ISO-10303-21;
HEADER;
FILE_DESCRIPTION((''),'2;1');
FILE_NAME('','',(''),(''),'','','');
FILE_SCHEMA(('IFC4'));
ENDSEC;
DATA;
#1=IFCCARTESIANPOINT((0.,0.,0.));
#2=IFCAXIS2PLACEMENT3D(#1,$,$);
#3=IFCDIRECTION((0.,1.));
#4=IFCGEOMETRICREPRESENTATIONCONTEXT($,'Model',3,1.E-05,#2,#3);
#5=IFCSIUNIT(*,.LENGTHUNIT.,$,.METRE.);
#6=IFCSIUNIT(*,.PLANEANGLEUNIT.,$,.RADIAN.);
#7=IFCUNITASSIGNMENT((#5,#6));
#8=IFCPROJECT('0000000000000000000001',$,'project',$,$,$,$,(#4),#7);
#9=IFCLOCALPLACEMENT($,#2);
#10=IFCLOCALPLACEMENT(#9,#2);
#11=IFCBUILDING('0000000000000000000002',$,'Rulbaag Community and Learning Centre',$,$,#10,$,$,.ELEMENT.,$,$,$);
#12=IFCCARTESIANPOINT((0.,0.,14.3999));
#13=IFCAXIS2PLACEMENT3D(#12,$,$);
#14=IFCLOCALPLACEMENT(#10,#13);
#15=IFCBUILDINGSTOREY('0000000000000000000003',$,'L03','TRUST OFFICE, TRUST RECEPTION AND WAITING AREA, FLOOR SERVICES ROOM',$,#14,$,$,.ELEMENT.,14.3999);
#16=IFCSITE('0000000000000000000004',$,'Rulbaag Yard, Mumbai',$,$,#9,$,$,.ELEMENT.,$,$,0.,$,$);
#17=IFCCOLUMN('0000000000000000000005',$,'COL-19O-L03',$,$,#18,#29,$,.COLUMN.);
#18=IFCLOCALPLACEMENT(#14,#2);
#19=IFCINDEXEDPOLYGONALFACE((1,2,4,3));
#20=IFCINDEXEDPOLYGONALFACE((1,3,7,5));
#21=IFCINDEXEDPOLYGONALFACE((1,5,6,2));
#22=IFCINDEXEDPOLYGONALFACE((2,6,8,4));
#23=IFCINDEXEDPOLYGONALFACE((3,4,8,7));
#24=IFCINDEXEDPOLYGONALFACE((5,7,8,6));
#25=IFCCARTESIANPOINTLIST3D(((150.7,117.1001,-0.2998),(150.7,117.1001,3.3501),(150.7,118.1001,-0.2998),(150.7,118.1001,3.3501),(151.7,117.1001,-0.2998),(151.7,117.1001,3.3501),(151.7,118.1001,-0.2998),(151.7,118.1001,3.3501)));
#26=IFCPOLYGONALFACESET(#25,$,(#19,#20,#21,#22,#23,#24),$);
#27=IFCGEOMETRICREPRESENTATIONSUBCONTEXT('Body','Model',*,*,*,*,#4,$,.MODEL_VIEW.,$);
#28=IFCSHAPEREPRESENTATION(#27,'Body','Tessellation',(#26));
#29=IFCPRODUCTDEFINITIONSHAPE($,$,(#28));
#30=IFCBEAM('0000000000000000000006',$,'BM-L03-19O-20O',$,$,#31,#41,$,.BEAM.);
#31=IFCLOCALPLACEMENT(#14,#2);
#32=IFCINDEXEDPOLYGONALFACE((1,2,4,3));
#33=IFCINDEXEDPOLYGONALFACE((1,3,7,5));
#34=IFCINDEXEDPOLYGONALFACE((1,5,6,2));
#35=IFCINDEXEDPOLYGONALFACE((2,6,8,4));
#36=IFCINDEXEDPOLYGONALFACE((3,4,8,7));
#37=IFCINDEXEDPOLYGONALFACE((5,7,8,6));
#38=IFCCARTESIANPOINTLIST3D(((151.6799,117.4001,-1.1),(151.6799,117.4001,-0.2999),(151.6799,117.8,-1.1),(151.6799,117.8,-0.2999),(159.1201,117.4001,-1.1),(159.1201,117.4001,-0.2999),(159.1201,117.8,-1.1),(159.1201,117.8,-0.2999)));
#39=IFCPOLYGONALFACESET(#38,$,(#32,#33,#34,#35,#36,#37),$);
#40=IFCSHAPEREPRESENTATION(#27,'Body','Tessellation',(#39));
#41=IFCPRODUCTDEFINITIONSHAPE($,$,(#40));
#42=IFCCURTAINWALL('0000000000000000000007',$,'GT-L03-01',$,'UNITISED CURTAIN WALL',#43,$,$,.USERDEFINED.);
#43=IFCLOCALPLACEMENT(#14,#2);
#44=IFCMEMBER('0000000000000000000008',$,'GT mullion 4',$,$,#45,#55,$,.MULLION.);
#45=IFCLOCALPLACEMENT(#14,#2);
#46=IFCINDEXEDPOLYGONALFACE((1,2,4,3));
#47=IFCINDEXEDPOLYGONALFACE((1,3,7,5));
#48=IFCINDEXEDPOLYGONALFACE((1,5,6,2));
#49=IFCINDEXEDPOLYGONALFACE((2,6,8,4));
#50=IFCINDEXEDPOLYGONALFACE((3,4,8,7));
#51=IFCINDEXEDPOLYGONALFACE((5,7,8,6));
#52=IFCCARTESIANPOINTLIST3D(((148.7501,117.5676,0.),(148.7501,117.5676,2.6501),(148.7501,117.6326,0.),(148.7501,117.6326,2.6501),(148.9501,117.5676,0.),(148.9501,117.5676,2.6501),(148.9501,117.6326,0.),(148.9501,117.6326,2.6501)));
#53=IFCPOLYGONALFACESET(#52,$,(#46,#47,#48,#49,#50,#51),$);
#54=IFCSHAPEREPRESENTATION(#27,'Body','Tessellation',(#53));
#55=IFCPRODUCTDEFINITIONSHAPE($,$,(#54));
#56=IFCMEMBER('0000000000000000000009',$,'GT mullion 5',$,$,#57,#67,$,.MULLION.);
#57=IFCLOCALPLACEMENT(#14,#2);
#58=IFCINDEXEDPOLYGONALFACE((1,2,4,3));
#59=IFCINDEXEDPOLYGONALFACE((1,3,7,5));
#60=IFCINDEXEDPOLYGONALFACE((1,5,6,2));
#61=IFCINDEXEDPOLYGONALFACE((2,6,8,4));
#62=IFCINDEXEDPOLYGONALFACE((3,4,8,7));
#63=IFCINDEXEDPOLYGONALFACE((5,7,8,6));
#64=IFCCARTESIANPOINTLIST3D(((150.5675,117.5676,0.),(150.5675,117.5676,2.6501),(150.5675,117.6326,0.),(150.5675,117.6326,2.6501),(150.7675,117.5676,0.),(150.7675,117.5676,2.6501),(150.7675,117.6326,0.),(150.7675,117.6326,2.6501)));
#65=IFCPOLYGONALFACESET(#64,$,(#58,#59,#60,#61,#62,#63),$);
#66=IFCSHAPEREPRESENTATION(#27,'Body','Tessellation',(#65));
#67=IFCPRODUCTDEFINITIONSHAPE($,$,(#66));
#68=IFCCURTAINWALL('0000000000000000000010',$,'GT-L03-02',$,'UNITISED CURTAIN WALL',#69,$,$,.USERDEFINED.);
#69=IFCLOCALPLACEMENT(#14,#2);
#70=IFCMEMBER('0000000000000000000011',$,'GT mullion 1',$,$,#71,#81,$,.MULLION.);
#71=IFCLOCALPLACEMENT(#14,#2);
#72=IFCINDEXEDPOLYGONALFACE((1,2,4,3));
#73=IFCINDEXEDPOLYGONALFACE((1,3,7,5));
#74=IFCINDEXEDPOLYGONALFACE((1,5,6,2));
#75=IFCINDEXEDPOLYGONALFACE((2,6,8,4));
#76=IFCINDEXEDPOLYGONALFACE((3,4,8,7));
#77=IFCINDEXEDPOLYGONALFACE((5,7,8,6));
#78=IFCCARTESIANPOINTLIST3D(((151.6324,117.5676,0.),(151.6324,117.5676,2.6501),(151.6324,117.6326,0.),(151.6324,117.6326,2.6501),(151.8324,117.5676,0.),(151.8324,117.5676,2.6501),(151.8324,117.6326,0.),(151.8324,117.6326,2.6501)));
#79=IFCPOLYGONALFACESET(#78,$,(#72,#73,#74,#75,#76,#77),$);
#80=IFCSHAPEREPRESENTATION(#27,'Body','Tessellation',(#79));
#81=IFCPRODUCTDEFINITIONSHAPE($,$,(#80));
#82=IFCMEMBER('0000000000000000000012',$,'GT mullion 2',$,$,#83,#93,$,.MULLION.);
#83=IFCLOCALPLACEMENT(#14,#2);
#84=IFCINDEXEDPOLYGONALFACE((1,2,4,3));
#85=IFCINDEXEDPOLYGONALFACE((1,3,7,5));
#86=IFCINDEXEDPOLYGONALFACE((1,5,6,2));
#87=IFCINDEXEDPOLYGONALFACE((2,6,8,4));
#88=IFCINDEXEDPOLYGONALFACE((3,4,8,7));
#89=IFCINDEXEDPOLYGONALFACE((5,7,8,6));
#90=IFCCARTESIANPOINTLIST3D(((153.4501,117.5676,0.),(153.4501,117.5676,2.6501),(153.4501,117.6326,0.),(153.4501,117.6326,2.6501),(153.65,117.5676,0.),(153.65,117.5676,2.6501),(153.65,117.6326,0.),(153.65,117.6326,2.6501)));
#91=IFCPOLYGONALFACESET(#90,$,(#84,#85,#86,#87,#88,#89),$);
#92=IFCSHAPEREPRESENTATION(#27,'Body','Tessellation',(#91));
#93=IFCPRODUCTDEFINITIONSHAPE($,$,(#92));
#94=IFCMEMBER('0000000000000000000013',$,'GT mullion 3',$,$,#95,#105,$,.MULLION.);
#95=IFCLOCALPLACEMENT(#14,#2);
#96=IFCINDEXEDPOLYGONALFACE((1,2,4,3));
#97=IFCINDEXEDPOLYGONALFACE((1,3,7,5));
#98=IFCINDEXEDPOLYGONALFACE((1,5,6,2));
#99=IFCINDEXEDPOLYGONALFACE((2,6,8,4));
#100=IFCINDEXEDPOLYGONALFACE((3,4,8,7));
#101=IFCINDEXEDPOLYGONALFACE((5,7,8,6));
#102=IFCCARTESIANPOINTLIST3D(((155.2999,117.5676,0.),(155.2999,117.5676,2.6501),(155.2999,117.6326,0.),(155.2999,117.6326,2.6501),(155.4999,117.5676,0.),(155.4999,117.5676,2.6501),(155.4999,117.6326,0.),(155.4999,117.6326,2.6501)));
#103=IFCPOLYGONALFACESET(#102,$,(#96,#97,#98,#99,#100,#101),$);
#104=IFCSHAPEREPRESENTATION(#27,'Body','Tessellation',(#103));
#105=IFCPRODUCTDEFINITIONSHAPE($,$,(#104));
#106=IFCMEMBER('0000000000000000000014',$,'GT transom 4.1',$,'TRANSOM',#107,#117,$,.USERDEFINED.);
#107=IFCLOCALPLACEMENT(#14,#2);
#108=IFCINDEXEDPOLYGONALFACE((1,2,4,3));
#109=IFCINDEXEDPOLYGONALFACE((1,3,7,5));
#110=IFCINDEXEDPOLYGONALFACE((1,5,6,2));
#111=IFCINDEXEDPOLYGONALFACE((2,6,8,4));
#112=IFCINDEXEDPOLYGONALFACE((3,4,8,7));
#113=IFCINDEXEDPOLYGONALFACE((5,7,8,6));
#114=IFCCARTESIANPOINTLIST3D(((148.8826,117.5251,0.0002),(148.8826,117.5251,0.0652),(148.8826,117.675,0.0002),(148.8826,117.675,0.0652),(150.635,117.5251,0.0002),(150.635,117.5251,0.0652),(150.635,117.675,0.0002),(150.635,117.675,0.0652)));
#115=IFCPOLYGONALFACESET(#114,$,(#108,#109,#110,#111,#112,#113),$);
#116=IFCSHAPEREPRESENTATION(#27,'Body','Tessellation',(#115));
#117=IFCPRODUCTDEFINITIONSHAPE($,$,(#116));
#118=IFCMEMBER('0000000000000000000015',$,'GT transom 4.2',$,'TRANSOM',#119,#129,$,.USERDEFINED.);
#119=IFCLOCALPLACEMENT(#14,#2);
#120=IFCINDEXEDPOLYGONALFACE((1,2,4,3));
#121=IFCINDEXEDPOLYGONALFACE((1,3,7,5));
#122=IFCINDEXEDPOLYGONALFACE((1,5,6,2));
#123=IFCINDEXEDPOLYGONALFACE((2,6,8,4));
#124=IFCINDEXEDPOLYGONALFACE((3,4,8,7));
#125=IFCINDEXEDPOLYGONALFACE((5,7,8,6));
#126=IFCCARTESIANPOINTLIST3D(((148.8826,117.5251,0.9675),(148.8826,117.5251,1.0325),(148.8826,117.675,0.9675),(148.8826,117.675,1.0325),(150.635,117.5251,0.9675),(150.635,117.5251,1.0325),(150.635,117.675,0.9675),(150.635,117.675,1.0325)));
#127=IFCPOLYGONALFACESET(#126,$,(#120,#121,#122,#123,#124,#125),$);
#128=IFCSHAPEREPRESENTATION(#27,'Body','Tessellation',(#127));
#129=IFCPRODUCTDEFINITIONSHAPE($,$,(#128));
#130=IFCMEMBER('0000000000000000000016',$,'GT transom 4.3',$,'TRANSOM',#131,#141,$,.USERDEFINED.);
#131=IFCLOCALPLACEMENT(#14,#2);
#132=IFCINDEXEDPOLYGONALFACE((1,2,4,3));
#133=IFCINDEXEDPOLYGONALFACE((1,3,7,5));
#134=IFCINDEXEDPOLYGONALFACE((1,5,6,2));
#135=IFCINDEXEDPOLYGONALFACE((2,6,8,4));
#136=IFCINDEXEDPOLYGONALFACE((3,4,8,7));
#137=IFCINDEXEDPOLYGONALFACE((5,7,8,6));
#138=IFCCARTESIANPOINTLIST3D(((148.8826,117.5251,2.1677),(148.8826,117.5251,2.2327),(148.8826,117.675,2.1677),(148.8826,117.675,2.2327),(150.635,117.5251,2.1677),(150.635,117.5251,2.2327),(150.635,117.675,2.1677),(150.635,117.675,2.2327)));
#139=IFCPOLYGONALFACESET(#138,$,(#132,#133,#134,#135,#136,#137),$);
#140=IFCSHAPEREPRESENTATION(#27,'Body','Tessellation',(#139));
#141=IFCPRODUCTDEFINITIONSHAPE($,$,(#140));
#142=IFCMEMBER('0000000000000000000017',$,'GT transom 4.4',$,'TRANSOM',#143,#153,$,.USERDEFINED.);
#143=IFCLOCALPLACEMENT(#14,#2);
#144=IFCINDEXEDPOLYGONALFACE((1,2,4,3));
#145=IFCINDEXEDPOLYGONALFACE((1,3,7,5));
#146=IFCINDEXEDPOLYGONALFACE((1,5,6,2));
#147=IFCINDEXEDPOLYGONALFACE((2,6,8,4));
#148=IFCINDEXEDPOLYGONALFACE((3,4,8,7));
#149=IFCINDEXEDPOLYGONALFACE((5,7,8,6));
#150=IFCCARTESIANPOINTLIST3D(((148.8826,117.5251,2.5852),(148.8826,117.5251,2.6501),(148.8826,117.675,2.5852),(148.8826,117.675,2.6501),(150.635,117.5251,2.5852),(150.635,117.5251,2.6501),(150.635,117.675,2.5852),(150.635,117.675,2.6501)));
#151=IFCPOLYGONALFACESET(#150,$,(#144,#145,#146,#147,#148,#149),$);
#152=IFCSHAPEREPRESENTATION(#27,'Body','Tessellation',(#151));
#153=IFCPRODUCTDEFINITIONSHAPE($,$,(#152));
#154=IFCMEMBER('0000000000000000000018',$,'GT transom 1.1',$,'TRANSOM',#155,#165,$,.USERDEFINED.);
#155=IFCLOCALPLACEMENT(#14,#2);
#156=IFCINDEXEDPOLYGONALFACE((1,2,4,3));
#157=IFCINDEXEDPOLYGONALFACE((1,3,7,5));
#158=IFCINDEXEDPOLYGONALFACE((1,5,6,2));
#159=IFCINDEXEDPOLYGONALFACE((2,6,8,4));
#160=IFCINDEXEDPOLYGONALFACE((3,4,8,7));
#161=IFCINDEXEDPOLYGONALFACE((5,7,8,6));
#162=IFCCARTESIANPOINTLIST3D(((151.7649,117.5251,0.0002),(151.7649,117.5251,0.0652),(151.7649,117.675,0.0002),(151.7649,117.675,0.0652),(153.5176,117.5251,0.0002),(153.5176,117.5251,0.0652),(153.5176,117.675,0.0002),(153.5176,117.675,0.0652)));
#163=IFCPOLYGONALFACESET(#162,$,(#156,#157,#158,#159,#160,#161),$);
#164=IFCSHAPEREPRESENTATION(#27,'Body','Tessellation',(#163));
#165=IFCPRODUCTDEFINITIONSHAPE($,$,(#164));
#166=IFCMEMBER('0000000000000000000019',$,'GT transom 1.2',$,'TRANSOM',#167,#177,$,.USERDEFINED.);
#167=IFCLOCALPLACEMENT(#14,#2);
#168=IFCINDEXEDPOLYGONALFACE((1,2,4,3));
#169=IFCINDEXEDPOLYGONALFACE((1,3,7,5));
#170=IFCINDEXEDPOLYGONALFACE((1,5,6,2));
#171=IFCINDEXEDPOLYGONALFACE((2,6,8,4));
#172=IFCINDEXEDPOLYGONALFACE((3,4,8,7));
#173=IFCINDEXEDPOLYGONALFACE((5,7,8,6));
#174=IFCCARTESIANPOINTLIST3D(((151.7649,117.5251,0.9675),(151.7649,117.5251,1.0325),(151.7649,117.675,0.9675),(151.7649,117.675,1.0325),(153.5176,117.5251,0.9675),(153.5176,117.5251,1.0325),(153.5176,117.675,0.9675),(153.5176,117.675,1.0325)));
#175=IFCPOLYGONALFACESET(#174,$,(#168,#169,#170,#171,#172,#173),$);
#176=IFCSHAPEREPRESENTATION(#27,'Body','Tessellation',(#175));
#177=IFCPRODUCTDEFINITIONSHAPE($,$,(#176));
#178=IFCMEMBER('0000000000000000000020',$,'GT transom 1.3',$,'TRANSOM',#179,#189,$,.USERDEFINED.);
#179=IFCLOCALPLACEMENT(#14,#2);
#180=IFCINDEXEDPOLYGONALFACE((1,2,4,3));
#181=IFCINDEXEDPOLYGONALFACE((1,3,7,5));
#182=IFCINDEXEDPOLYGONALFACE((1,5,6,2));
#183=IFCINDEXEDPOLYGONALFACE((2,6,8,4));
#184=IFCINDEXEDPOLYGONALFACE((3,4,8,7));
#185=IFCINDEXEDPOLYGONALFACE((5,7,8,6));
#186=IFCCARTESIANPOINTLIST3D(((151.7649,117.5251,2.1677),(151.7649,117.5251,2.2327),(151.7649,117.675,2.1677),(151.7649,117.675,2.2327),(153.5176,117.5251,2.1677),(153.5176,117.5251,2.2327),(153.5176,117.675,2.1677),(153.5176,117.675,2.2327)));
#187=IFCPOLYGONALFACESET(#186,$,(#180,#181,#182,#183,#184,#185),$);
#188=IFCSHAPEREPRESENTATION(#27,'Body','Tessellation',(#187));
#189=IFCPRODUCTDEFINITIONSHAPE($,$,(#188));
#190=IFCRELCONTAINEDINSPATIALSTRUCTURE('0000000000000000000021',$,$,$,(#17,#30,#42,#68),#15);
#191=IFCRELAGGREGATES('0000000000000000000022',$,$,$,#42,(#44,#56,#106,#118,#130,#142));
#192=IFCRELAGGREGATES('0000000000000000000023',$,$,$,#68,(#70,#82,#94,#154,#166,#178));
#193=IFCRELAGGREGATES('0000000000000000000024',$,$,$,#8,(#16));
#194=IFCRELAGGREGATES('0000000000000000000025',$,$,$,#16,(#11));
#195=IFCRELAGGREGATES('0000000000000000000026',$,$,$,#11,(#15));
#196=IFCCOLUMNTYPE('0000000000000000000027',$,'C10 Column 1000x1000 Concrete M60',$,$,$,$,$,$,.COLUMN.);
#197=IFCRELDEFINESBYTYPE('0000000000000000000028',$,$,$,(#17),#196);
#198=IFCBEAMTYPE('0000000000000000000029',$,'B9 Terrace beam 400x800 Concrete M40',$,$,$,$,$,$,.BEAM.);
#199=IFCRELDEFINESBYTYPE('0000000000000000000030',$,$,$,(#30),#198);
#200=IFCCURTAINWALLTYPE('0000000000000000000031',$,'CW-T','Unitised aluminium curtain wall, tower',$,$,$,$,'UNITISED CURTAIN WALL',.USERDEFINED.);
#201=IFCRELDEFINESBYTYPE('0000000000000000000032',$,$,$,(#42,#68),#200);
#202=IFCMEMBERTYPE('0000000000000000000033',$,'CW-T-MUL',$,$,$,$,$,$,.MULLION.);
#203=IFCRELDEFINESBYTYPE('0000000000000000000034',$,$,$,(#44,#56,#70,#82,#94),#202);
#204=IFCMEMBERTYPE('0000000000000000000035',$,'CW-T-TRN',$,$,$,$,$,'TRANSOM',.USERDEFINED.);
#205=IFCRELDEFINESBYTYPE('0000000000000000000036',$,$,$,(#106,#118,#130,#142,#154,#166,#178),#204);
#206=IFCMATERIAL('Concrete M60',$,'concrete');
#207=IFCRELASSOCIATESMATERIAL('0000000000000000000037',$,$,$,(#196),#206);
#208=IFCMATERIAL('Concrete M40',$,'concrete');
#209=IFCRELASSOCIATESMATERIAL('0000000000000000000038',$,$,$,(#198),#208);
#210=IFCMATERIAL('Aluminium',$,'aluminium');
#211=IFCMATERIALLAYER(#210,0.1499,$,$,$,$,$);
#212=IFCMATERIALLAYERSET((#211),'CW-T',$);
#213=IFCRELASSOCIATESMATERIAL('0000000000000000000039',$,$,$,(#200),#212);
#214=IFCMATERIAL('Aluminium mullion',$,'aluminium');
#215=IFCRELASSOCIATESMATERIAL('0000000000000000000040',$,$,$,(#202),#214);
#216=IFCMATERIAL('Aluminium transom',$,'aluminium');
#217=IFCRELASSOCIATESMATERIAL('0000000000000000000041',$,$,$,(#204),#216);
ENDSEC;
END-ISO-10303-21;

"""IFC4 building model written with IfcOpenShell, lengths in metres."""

from ifc_helpers import new_model, si_unit, direction, frame, origin, origin_2d, place, context, subcontext, project, spatial, rectangle, extrude, material, layer, layer_set, material_profile, profile_set, type_object, element, aggregate, save


model = new_model("IFC4")

# Units and contexts
model_context = context("Model", 3, precision=1e-05, world=origin(), true_north=direction((0.0, 1.0)))
body_context = subcontext(model_context, "Body", "Model", "MODEL_VIEW")
ifc_project = project(units=[si_unit("LENGTHUNIT", "METRE"), si_unit("PLANEANGLEUNIT", "RADIAN")], contexts=[model_context])

# Site, building, storey
site_placement = place(None, origin())
site = spatial("IfcSite", under=ifc_project, at=site_placement, Name="Rulbaag Yard, Mumbai", CompositionType="ELEMENT", RefElevation=0.0)
building_placement = place(site_placement, origin())
building = spatial("IfcBuilding", under=site, at=building_placement, Name="Rulbaag Community and Learning Centre", CompositionType="ELEMENT")
storey_placement = place(building_placement, frame((0.0, 0.0, 14.3999)))
storey = spatial("IfcBuildingStorey", under=building, at=storey_placement, Name="L03", Description="TRUST OFFICE, TRUST RECEPTION AND WAITING AREA, FLOOR SERVICES ROOM", CompositionType="ELEMENT", Elevation=14.3999)

# Column
ifc_material_1 = material(Name="Concrete M60", Category="concrete")
ifc_material_profile_1 = material_profile(ifc_material_1, rectangle(XDim=1.0, YDim=1.0, at=origin_2d()), Name="RC1000x1000")
ifc_profile_set_1 = profile_set([ifc_material_profile_1], Name="Concrete M60")
column_type = type_object("IfcColumnType", Name="C10 Column 1000x1000 Concrete M60", PredefinedType="COLUMN", material=ifc_profile_set_1)
column_placement = place(storey_placement, frame((151.2, 117.6001, -0.2998), z_axis=(0.0, 0.0, 1.0), x_axis=(1.0, 0.0, 0.0)))
element("IfcColumn", 1, at=column_placement, inside=storey, type_object=column_type, Name="COL-19O-L03", PredefinedType="COLUMN", context=body_context, shape_type="SweptSolid", body=[
    extrude(rectangle(XDim=1.0, YDim=1.0, at=origin_2d()), origin(), (0.0, 0.0, 1.0), 3.6499),
])

# Beam
ifc_material_2 = material(Name="Concrete M40", Category="concrete")
ifc_material_profile_2 = material_profile(ifc_material_2, rectangle(XDim=0.3999, YDim=0.8, at=origin_2d()), Name="RB400x800")
ifc_profile_set_2 = profile_set([ifc_material_profile_2], Name="Concrete M40")
beam_type = type_object("IfcBeamType", Name="B9 Terrace beam 400x800 Concrete M40", PredefinedType="BEAM", material=ifc_profile_set_2)
beam_placement = place(storey_placement, frame((151.6799, 117.6001, -0.7), z_axis=(1.0, 0.0, 0.0), x_axis=(0.0, 1.0, 0.0)))
element("IfcBeam", 2, at=beam_placement, inside=storey, type_object=beam_type, Name="BM-L03-19O-20O", PredefinedType="BEAM", context=body_context, shape_type="SweptSolid", body=[
    extrude(rectangle(XDim=0.3999, YDim=0.8, at=origin_2d()), origin(), (0.0, 0.0, 1.0), 7.4402),
])

# Curtain walls, members
ifc_material_3 = material(Name="Aluminium", Category="aluminium")
ifc_layer_1 = layer(ifc_material_3, 0.1499)
ifc_layer_set_1 = layer_set([ifc_layer_1], Name="CW-T")
curtain_wall_type = type_object("IfcCurtainWallType", Name="CW-T", Description="Unitised aluminium curtain wall, tower", ElementType="UNITISED CURTAIN WALL", PredefinedType="USERDEFINED", material=ifc_layer_set_1)
curtain_wall_1_placement = place(storey_placement, origin())
curtain_wall_1 = element("IfcCurtainWall", 3, at=curtain_wall_1_placement, inside=storey, type_object=curtain_wall_type, Name="GT-L03-01", ObjectType="UNITISED CURTAIN WALL", PredefinedType="USERDEFINED")
ifc_material_4 = material(Name="Aluminium mullion", Category="aluminium")
ifc_material_profile_3 = material_profile(ifc_material_4, rectangle(XDim=0.0649, YDim=0.2, at=origin_2d()), Name="AL 65x200")
ifc_profile_set_3 = profile_set([ifc_material_profile_3], Name="Aluminium mullion")
member_type_1 = type_object("IfcMemberType", Name="CW-T-MUL", PredefinedType="MULLION", material=ifc_profile_set_3)
member_1_placement = place(storey_placement, frame((148.8501, 117.6001, 0.0), z_axis=(0.0, 0.0, 1.0), x_axis=(0.0, 1.0, 0.0)))
member_1 = element("IfcMember", 4, at=member_1_placement, type_object=member_type_1, Name="GT mullion 4", PredefinedType="MULLION", context=body_context, shape_type="SweptSolid", body=[
    extrude(rectangle(XDim=0.0649, YDim=0.2, at=origin_2d()), origin(), (0.0, 0.0, 1.0), 2.6501),
])
member_2_placement = place(storey_placement, frame((150.6675, 117.6001, 0.0), z_axis=(0.0, 0.0, 1.0), x_axis=(0.0, 1.0, 0.0)))
member_2 = element("IfcMember", 5, at=member_2_placement, type_object=member_type_1, Name="GT mullion 5", PredefinedType="MULLION", context=body_context, shape_type="SweptSolid", body=[
    extrude(rectangle(XDim=0.0649, YDim=0.2, at=origin_2d()), origin(), (0.0, 0.0, 1.0), 2.6501),
])
curtain_wall_2_placement = place(storey_placement, origin())
curtain_wall_2 = element("IfcCurtainWall", 6, at=curtain_wall_2_placement, inside=storey, type_object=curtain_wall_type, Name="GT-L03-02", ObjectType="UNITISED CURTAIN WALL", PredefinedType="USERDEFINED")
member_3_placement = place(storey_placement, frame((151.7324, 117.6001, 0.0), z_axis=(0.0, 0.0, 1.0), x_axis=(0.0, 1.0, 0.0)))
member_3 = element("IfcMember", 7, at=member_3_placement, type_object=member_type_1, Name="GT mullion 1", PredefinedType="MULLION", context=body_context, shape_type="SweptSolid", body=[
    extrude(rectangle(XDim=0.0649, YDim=0.2, at=origin_2d()), origin(), (0.0, 0.0, 1.0), 2.6501),
])
member_4_placement = place(storey_placement, frame((153.55, 117.6001, 0.0), z_axis=(0.0, 0.0, 1.0), x_axis=(0.0, 1.0, 0.0)))
member_4 = element("IfcMember", 8, at=member_4_placement, type_object=member_type_1, Name="GT mullion 2", PredefinedType="MULLION", context=body_context, shape_type="SweptSolid", body=[
    extrude(rectangle(XDim=0.0649, YDim=0.2, at=origin_2d()), origin(), (0.0, 0.0, 1.0), 2.6501),
])
member_5_placement = place(storey_placement, frame((155.3999, 117.6001, 0.0), z_axis=(0.0, 0.0, 1.0), x_axis=(0.0, 1.0, 0.0)))
member_5 = element("IfcMember", 9, at=member_5_placement, type_object=member_type_1, Name="GT mullion 3", PredefinedType="MULLION", context=body_context, shape_type="SweptSolid", body=[
    extrude(rectangle(XDim=0.0649, YDim=0.2, at=origin_2d()), origin(), (0.0, 0.0, 1.0), 2.6501),
])

# Members
ifc_material_5 = material(Name="Aluminium transom", Category="aluminium")
ifc_material_profile_4 = material_profile(ifc_material_5, rectangle(XDim=0.1499, YDim=0.0649, at=origin_2d()), Name="AL 65x150 T")
ifc_profile_set_4 = profile_set([ifc_material_profile_4], Name="Aluminium transom")
member_type_2 = type_object("IfcMemberType", Name="CW-T-TRN", ElementType="TRANSOM", PredefinedType="USERDEFINED", material=ifc_profile_set_4)
member_6_placement = place(storey_placement, frame((148.8826, 117.6001, 0.0327), z_axis=(1.0, 0.0, 0.0), x_axis=(0.0, 1.0, 0.0)))
member_6 = element("IfcMember", 10, at=member_6_placement, type_object=member_type_2, Name="GT transom 4.1", ObjectType="TRANSOM", PredefinedType="USERDEFINED", context=body_context, shape_type="SweptSolid", body=[
    extrude(rectangle(XDim=0.1499, YDim=0.0649, at=origin_2d()), origin(), (0.0, 0.0, 1.0), 1.7524),
])
member_7_placement = place(storey_placement, frame((148.8826, 117.6001, 1.0), z_axis=(1.0, 0.0, 0.0), x_axis=(0.0, 1.0, 0.0)))
member_7 = element("IfcMember", 11, at=member_7_placement, type_object=member_type_2, Name="GT transom 4.2", ObjectType="TRANSOM", PredefinedType="USERDEFINED", context=body_context, shape_type="SweptSolid", body=[
    extrude(rectangle(XDim=0.1499, YDim=0.0649, at=origin_2d()), origin(), (0.0, 0.0, 1.0), 1.7524),
])
member_8_placement = place(storey_placement, frame((148.8826, 117.6001, 2.2002), z_axis=(1.0, 0.0, 0.0), x_axis=(0.0, 1.0, 0.0)))
member_8 = element("IfcMember", 12, at=member_8_placement, type_object=member_type_2, Name="GT transom 4.3", ObjectType="TRANSOM", PredefinedType="USERDEFINED", context=body_context, shape_type="SweptSolid", body=[
    extrude(rectangle(XDim=0.1499, YDim=0.0649, at=origin_2d()), origin(), (0.0, 0.0, 1.0), 1.7524),
])
member_9_placement = place(storey_placement, frame((148.8826, 117.6001, 2.6177), z_axis=(1.0, 0.0, 0.0), x_axis=(0.0, 1.0, 0.0)))
member_9 = element("IfcMember", 13, at=member_9_placement, type_object=member_type_2, Name="GT transom 4.4", ObjectType="TRANSOM", PredefinedType="USERDEFINED", context=body_context, shape_type="SweptSolid", body=[
    extrude(rectangle(XDim=0.1499, YDim=0.0649, at=origin_2d()), origin(), (0.0, 0.0, 1.0), 1.7524),
])
member_10_placement = place(storey_placement, frame((151.7649, 117.6001, 0.0327), z_axis=(1.0, 0.0, 0.0), x_axis=(0.0, 1.0, 0.0)))
member_10 = element("IfcMember", 14, at=member_10_placement, type_object=member_type_2, Name="GT transom 1.1", ObjectType="TRANSOM", PredefinedType="USERDEFINED", context=body_context, shape_type="SweptSolid", body=[
    extrude(rectangle(XDim=0.1499, YDim=0.0649, at=origin_2d()), origin(), (0.0, 0.0, 1.0), 1.7527),
])
member_11_placement = place(storey_placement, frame((151.7649, 117.6001, 1.0), z_axis=(1.0, 0.0, 0.0), x_axis=(0.0, 1.0, 0.0)))
member_11 = element("IfcMember", 15, at=member_11_placement, type_object=member_type_2, Name="GT transom 1.2", ObjectType="TRANSOM", PredefinedType="USERDEFINED", context=body_context, shape_type="SweptSolid", body=[
    extrude(rectangle(XDim=0.1499, YDim=0.0649, at=origin_2d()), origin(), (0.0, 0.0, 1.0), 1.7527),
])
member_12_placement = place(storey_placement, frame((151.7649, 117.6001, 2.2002), z_axis=(1.0, 0.0, 0.0), x_axis=(0.0, 1.0, 0.0)))
member_12 = element("IfcMember", 16, at=member_12_placement, type_object=member_type_2, Name="GT transom 1.3", ObjectType="TRANSOM", PredefinedType="USERDEFINED", context=body_context, shape_type="SweptSolid", body=[
    extrude(rectangle(XDim=0.1499, YDim=0.0649, at=origin_2d()), origin(), (0.0, 0.0, 1.0), 1.7527),
])

aggregate(curtain_wall_1, [member_1, member_2, member_6, member_7, member_8, member_9])
aggregate(curtain_wall_2, [member_3, member_4, member_5, member_10, member_11, member_12])

save(model, "model.ifc")
